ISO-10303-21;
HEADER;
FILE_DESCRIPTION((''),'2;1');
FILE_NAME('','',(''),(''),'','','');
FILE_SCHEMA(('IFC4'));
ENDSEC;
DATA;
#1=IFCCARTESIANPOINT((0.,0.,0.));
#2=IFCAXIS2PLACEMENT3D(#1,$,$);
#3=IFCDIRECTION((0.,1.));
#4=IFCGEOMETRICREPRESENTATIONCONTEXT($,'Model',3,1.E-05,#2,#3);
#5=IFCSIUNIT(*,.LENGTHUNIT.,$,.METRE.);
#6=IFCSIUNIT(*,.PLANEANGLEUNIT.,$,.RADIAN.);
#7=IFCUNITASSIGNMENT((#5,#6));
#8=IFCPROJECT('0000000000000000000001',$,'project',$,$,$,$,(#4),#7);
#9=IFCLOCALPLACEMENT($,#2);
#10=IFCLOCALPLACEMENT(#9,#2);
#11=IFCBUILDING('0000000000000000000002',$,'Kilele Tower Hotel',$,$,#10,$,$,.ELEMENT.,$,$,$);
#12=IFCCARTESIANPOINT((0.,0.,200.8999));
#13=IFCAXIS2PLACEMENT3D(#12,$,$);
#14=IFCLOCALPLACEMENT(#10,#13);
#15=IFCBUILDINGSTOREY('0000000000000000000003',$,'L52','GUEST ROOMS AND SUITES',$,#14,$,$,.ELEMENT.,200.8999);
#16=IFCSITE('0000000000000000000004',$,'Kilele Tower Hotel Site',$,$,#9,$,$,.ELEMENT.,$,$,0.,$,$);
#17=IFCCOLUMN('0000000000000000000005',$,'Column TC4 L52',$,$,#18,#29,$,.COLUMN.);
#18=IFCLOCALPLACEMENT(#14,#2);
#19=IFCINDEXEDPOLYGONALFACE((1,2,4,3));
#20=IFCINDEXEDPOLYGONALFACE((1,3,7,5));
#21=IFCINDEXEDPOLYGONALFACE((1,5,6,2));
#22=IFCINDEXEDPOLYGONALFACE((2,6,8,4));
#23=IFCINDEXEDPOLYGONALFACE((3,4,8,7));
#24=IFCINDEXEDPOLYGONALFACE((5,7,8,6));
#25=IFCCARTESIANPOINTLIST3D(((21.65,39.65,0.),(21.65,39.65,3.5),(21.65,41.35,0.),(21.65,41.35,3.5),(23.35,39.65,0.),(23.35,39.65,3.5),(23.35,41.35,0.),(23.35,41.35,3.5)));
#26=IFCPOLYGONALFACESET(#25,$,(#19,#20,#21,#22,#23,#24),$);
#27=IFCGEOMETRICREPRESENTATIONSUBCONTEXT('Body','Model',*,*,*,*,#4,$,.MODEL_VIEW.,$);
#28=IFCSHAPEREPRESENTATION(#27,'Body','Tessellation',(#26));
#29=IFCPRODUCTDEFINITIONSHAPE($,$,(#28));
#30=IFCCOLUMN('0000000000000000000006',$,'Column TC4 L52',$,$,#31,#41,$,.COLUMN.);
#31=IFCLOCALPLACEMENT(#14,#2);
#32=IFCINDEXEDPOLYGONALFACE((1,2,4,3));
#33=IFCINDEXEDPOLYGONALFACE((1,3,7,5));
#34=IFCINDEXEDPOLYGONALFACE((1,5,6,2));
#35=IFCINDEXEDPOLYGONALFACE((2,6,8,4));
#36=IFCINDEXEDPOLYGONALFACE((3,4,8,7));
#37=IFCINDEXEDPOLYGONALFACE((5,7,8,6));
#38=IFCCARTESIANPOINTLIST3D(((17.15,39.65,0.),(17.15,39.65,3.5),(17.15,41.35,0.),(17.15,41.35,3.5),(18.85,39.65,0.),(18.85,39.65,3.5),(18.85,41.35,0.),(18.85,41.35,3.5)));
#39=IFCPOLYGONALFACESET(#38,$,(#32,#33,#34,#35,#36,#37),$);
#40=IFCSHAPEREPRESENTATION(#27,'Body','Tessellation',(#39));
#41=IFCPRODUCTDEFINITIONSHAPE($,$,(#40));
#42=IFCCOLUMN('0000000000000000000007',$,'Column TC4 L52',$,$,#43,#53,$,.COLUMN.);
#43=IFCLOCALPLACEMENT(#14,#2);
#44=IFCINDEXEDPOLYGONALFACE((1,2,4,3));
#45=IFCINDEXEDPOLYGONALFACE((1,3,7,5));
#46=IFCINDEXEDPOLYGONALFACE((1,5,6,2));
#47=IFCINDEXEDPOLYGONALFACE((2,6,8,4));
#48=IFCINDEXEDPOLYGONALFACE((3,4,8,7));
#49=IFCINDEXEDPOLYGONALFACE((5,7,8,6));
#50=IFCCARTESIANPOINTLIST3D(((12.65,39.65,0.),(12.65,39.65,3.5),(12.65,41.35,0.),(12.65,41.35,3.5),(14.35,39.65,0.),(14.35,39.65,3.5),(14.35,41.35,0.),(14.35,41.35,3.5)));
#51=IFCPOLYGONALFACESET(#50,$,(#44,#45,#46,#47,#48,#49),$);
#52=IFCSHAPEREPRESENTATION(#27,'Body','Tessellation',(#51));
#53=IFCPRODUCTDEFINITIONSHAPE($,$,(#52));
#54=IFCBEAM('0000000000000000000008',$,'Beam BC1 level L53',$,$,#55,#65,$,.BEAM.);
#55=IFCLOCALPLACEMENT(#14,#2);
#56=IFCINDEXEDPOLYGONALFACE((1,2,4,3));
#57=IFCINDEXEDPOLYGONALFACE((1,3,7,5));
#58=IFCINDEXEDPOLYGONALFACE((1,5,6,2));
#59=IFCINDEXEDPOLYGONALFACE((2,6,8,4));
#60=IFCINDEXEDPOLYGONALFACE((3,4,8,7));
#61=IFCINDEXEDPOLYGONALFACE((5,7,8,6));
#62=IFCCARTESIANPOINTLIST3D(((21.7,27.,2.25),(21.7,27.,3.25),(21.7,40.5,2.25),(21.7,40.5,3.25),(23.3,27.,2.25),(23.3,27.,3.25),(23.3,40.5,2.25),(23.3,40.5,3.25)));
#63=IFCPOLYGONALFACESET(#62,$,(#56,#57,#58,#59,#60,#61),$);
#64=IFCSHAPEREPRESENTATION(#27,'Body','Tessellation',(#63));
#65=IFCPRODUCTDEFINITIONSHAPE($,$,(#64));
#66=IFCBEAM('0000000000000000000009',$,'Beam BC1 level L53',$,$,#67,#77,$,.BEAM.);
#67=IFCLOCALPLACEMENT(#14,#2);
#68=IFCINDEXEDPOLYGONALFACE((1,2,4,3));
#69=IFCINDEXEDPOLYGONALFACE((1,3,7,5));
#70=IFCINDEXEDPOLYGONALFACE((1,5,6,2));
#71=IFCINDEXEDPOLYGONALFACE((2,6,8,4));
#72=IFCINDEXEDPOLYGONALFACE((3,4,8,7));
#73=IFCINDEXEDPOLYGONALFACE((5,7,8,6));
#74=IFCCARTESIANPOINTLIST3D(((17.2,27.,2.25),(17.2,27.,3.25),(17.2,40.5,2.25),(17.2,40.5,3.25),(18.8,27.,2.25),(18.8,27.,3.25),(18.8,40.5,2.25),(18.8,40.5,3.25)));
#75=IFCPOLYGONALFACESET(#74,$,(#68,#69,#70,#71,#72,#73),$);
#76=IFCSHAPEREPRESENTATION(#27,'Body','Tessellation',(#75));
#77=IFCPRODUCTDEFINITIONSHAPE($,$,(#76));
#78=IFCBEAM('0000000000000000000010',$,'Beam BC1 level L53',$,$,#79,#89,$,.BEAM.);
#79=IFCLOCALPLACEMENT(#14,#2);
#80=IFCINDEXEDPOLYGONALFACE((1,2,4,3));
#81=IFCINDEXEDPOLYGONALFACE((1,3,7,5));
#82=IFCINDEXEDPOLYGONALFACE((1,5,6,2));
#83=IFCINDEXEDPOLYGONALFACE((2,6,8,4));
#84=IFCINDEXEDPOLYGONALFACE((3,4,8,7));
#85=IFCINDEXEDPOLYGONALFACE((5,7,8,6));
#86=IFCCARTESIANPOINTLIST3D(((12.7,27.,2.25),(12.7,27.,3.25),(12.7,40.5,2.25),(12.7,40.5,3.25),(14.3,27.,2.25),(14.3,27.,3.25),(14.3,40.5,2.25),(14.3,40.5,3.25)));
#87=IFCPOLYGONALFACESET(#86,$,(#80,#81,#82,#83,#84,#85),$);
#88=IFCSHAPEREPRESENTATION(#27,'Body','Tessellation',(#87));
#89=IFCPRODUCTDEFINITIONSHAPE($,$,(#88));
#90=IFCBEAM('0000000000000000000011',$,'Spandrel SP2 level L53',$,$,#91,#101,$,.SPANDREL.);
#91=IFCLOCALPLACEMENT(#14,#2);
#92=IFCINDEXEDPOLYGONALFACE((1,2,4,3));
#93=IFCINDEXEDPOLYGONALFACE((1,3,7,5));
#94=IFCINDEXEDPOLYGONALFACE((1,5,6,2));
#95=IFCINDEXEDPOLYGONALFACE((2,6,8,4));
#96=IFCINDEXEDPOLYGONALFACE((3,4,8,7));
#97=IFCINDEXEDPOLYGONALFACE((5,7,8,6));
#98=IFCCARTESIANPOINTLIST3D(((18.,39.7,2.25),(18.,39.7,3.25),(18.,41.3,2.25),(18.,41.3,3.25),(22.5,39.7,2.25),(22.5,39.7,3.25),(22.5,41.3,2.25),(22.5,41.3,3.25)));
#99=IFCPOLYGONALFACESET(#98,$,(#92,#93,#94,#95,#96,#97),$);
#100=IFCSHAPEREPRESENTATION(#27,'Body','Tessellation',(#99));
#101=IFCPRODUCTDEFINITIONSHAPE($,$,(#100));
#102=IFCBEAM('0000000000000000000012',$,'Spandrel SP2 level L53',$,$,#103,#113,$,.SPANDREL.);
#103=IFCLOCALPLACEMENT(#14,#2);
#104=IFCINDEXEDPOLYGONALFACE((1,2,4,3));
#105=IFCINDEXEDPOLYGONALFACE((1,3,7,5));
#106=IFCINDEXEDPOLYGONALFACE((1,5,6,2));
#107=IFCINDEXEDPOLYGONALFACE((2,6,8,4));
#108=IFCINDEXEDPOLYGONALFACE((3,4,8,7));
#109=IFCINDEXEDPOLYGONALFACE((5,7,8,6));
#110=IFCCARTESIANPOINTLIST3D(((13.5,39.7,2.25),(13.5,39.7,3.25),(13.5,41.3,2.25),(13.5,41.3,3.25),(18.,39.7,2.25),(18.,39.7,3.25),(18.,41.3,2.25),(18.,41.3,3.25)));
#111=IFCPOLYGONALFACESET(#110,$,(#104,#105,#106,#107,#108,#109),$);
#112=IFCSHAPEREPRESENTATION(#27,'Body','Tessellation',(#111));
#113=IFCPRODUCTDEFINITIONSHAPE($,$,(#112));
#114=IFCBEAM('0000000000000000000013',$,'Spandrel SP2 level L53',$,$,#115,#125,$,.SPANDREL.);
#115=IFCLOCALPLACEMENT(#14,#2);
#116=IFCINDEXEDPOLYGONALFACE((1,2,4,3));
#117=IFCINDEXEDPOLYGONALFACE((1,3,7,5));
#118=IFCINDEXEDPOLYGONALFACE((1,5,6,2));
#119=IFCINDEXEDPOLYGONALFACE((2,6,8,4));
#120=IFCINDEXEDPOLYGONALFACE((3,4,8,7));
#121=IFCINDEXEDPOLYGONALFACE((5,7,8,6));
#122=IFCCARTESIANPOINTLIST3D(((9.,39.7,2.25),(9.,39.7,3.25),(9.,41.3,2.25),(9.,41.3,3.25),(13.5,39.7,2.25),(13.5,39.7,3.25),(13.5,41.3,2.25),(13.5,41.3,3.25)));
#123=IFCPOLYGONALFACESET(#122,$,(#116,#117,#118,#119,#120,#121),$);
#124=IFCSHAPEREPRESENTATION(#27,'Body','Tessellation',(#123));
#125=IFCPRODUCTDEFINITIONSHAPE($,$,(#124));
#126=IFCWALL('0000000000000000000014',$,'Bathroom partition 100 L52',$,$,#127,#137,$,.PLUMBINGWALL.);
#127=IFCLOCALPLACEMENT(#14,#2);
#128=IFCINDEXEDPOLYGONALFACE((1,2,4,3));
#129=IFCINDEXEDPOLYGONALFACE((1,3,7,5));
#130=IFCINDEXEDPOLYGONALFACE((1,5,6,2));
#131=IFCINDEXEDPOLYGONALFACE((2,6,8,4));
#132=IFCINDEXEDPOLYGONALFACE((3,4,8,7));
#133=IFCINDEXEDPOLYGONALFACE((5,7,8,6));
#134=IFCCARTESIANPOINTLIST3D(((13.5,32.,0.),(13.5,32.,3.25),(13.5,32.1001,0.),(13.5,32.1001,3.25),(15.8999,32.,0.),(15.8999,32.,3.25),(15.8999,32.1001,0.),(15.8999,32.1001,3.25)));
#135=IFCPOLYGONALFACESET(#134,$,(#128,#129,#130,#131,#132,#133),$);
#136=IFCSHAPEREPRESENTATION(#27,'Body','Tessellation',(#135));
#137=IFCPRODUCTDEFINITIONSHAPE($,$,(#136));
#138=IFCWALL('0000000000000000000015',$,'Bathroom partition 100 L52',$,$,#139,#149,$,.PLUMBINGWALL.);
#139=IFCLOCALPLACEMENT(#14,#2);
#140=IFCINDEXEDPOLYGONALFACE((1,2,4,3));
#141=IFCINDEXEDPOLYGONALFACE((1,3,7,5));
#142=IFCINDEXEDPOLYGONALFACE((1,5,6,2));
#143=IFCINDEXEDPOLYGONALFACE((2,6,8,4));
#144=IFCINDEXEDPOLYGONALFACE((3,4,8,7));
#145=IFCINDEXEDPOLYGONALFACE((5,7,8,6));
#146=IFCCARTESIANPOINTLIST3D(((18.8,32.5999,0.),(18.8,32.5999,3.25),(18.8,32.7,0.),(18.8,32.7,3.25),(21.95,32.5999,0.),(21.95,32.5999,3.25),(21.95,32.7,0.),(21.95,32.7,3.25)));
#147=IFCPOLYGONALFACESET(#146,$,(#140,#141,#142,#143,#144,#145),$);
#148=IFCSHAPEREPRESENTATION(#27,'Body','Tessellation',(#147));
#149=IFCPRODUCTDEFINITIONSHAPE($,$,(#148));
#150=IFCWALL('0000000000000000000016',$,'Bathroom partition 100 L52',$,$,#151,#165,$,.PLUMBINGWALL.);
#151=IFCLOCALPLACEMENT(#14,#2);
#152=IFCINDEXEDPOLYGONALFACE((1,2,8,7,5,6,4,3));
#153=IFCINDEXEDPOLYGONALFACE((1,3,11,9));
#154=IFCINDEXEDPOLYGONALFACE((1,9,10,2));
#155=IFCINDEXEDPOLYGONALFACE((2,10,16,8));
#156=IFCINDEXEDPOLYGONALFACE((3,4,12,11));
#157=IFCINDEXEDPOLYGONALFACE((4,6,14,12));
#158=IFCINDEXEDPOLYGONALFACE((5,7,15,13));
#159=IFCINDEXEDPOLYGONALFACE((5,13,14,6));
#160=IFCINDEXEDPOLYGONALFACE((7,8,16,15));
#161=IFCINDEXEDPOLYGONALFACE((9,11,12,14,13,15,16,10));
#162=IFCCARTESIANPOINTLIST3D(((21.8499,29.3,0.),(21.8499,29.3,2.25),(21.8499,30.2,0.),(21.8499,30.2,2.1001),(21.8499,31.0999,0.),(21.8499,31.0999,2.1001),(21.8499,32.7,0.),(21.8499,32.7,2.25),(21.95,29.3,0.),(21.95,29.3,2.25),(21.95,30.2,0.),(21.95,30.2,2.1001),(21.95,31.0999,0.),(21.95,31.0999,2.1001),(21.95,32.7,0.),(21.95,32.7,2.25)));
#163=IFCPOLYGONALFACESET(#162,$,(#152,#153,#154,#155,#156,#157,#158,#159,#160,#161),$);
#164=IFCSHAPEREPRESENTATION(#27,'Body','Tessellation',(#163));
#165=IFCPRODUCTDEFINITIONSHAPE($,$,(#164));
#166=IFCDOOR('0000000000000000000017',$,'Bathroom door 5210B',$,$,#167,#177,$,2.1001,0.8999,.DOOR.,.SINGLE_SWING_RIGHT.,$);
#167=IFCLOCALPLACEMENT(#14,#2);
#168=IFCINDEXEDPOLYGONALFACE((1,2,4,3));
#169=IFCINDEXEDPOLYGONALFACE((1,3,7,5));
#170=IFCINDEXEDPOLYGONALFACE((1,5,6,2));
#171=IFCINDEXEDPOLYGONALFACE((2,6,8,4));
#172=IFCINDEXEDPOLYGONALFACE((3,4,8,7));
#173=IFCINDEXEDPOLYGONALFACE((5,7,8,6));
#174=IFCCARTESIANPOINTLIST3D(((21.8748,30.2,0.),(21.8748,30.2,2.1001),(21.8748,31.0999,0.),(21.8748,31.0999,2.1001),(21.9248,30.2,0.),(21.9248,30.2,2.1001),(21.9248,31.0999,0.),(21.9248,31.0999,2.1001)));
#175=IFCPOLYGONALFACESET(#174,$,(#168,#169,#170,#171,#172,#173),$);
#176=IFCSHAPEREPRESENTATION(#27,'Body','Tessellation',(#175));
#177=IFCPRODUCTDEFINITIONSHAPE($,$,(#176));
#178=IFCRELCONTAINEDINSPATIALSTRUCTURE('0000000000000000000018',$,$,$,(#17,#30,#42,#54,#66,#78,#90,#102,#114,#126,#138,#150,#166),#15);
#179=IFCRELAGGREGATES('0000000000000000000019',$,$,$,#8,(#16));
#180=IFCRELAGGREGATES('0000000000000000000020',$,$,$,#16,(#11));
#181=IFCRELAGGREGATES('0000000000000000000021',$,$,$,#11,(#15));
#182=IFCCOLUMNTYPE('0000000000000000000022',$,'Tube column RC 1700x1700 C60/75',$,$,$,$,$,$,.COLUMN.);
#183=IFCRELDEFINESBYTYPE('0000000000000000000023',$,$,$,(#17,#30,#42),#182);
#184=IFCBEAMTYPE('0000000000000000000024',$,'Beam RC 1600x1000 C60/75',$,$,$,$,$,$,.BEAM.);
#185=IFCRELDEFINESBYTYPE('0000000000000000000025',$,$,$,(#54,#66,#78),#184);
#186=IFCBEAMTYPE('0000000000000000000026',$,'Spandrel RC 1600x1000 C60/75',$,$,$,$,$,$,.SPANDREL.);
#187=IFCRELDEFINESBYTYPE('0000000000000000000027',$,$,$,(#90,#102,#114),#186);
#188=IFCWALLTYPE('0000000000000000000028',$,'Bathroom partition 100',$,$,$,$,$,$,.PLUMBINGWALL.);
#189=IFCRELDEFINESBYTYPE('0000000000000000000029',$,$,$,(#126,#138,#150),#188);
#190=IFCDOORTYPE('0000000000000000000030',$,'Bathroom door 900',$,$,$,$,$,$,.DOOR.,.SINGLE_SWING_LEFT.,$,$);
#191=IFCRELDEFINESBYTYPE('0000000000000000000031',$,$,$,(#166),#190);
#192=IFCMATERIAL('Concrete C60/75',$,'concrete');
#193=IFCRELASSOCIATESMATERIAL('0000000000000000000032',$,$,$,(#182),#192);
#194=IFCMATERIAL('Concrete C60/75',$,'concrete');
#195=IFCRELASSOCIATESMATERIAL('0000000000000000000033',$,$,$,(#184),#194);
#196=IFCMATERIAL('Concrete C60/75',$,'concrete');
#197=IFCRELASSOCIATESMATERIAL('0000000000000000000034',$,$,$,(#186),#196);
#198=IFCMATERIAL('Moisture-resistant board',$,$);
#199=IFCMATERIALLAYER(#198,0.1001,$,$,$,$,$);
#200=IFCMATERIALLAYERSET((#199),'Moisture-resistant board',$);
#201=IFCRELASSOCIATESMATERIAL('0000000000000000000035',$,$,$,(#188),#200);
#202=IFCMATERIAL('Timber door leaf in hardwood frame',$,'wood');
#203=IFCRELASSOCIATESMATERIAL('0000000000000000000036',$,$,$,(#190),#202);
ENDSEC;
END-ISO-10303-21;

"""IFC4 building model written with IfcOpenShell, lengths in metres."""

from ifc_helpers import new_model, si_unit, direction, frame, frame_2d, origin, origin_2d, place, context, subcontext, project, spatial, rectangle, extrude, material, layer, layer_set, material_profile, profile_set, type_object, element, fill, save


model = new_model("IFC4")

# Units and contexts
model_context = context("Model", 3, precision=1e-05, world=origin(), true_north=direction((0.0, 1.0)))
body_context = subcontext(model_context, "Body", "Model", "MODEL_VIEW")
ifc_project = project(units=[si_unit("LENGTHUNIT", "METRE"), si_unit("PLANEANGLEUNIT", "RADIAN")], contexts=[model_context])

# Site, building, storey
site_placement = place(None, origin())
site = spatial("IfcSite", under=ifc_project, at=site_placement, Name="Kilele Tower Hotel Site", CompositionType="ELEMENT", RefElevation=0.0)
building_placement = place(site_placement, origin())
building = spatial("IfcBuilding", under=site, at=building_placement, Name="Kilele Tower Hotel", CompositionType="ELEMENT")
storey_placement = place(building_placement, frame((0.0, 0.0, 200.8999)))
storey = spatial("IfcBuildingStorey", under=building, at=storey_placement, Name="L52", Description="GUEST ROOMS AND SUITES", CompositionType="ELEMENT", Elevation=200.8999)

# Columns
ifc_material_1 = material(Name="Concrete C60/75", Category="concrete")
ifc_material_profile_1 = material_profile(ifc_material_1, rectangle(XDim=1.7, YDim=1.7, at=origin_2d()))
ifc_profile_set_1 = profile_set([ifc_material_profile_1], Name="Concrete C60/75")
column_type = type_object("IfcColumnType", Name="Tube column RC 1700x1700 C60/75", PredefinedType="COLUMN", material=ifc_profile_set_1)
for number, where, z_axis, x_axis, name in (
    (1, (22.5, 40.5, 0.0), (0.0, 0.0, 1.0), (1.0, 0.0, 0.0), "Column TC4 L52"),
    (2, (18.0, 40.5, 0.0), (0.0, 0.0, 1.0), (1.0, 0.0, 0.0), "Column TC4 L52"),
    (3, (13.5, 40.5, 0.0), (0.0, 0.0, 1.0), (1.0, 0.0, 0.0), "Column TC4 L52"),
):
    element("IfcColumn", number, at=place(storey_placement, frame(where, z_axis=z_axis, x_axis=x_axis)), inside=storey, type_object=column_type, Name=name, PredefinedType="COLUMN", context=body_context, shape_type="SweptSolid", body=[
        extrude(rectangle(XDim=1.7, YDim=1.7, at=origin_2d()), origin(), (0.0, 0.0, 1.0), 3.5),
    ])

# Beams
ifc_material_2 = material(Name="Concrete C60/75", Category="concrete")
ifc_material_profile_2 = material_profile(ifc_material_2, rectangle(XDim=1.6001, YDim=1.0, at=origin_2d()))
ifc_profile_set_2 = profile_set([ifc_material_profile_2], Name="Concrete C60/75")
beam_type_1 = type_object("IfcBeamType", Name="Beam RC 1600x1000 C60/75", PredefinedType="BEAM", material=ifc_profile_set_2)
for number, where, z_axis, x_axis, name in (
    (4, (22.5, 40.5, 2.75), (0.0, -1.0, 0.0), (1.0, 0.0, 0.0), "Beam BC1 level L53"),
    (5, (18.0, 40.5, 2.75), (0.0, -1.0, 0.0), (1.0, 0.0, 0.0), "Beam BC1 level L53"),
    (6, (13.5, 40.5, 2.75), (0.0, -1.0, 0.0), (1.0, 0.0, 0.0), "Beam BC1 level L53"),
):
    element("IfcBeam", number, at=place(storey_placement, frame(where, z_axis=z_axis, x_axis=x_axis)), inside=storey, type_object=beam_type_1, Name=name, PredefinedType="BEAM", context=body_context, shape_type="SweptSolid", body=[
        extrude(rectangle(XDim=1.6001, YDim=1.0, at=origin_2d()), origin(), (0.0, 0.0, 1.0), 13.5),
    ])
ifc_material_3 = material(Name="Concrete C60/75", Category="concrete")
ifc_material_profile_3 = material_profile(ifc_material_3, rectangle(XDim=1.6001, YDim=1.0, at=origin_2d()))
ifc_profile_set_3 = profile_set([ifc_material_profile_3], Name="Concrete C60/75")
beam_type_2 = type_object("IfcBeamType", Name="Spandrel RC 1600x1000 C60/75", PredefinedType="SPANDREL", material=ifc_profile_set_3)
for number, where, z_axis, x_axis, name in (
    (7, (22.5, 40.5, 2.75), (-1.0, 0.0, 0.0), (0.0, -1.0, 0.0), "Spandrel SP2 level L53"),
    (8, (18.0, 40.5, 2.75), (-1.0, 0.0, 0.0), (0.0, -1.0, 0.0), "Spandrel SP2 level L53"),
    (9, (13.5, 40.5, 2.75), (-1.0, 0.0, 0.0), (0.0, -1.0, 0.0), "Spandrel SP2 level L53"),
):
    element("IfcBeam", number, at=place(storey_placement, frame(where, z_axis=z_axis, x_axis=x_axis)), inside=storey, type_object=beam_type_2, Name=name, PredefinedType="SPANDREL", context=body_context, shape_type="SweptSolid", body=[
        extrude(rectangle(XDim=1.6001, YDim=1.0, at=origin_2d()), origin(), (0.0, 0.0, 1.0), 4.5),
    ])

# Walls
ifc_material_4 = material(Name="Moisture-resistant board")
ifc_layer_1 = layer(ifc_material_4, 0.1001)
ifc_layer_set_1 = layer_set([ifc_layer_1], Name="Moisture-resistant board")
wall_type_1 = type_object("IfcWallType", Name="Bathroom partition 100", PredefinedType="PLUMBINGWALL", material=ifc_layer_set_1)
wall_1_placement = place(storey_placement, frame((13.5, 32.05, 0.0), z_axis=(0.0, 0.0, 1.0), x_axis=(1.0, 0.0, 0.0)))
element("IfcWall", 10, at=wall_1_placement, inside=storey, type_object=wall_type_1, Name="Bathroom partition 100 L52", PredefinedType="PLUMBINGWALL", context=body_context, shape_type="SweptSolid", body=[
    extrude(rectangle(XDim=2.3999, YDim=0.1001, at=frame_2d((1.2, 0.0))), origin(), (0.0, 0.0, 1.0), 3.25),
])
wall_2_placement = place(storey_placement, frame((18.8, 32.6499, 0.0), z_axis=(0.0, 0.0, 1.0), x_axis=(1.0, 0.0, 0.0)))
element("IfcWall", 11, at=wall_2_placement, inside=storey, type_object=wall_type_1, Name="Bathroom partition 100 L52", PredefinedType="PLUMBINGWALL", context=body_context, shape_type="SweptSolid", body=[
    extrude(rectangle(XDim=3.1499, YDim=0.1001, at=frame_2d((1.575, 0.0))), origin(), (0.0, 0.0, 1.0), 3.25),
])

# Wall, opening, door
wall_3_placement = place(storey_placement, frame((21.8999, 29.3, 0.0), z_axis=(0.0, 0.0, 1.0), x_axis=(0.0, 1.0, 0.0)))
wall_3 = element("IfcWall", 12, at=wall_3_placement, inside=storey, type_object=wall_type_1, Name="Bathroom partition 100 L52", PredefinedType="PLUMBINGWALL", context=body_context, shape_type="SweptSolid", body=[
    extrude(rectangle(XDim=3.3999, YDim=0.1001, at=frame_2d((1.7, 0.0))), origin(), (0.0, 0.0, 1.0), 2.25),
])
opening_1_placement = place(wall_3_placement, frame((1.7998, 0.0, 0.0), z_axis=(0.0, 0.0, 1.0), x_axis=(-1.0, 0.0, 0.0)))
opening_1 = element("IfcOpeningElement", 13, at=opening_1_placement, cuts=wall_3, PredefinedType="OPENING", context=body_context, shape_type="SweptSolid", body=[
    extrude(rectangle(XDim=0.8999, YDim=2.1001, at=frame_2d((0.45, 1.05))), frame((0.0, 0.0601, 0.0), z_axis=(0.0, -1.0, 0.0), x_axis=(1.0, 0.0, 0.0)), (0.0, 0.0, 1.0), 0.1201),
])
ifc_material_5 = material(Name="Timber door leaf in hardwood frame", Category="wood")
door_type_1 = type_object("IfcDoorType", Name="Bathroom door 900", OperationType="SINGLE_SWING_LEFT", PredefinedType="DOOR", material=ifc_material_5)
door_1_placement = place(opening_1_placement, origin())
door_1 = element("IfcDoor", 14, at=door_1_placement, inside=storey, type_object=door_type_1, Name="Bathroom door 5210B", OperationType="SINGLE_SWING_RIGHT", OverallHeight=2.1001, OverallWidth=0.8999, PredefinedType="DOOR", context=body_context, shape_type="SweptSolid", body=[
    extrude(rectangle(XDim=0.8999, YDim=2.1001, at=frame_2d((0.45, 1.05))), frame((0.0, 0.0249, 0.0), z_axis=(0.0, -1.0, 0.0), x_axis=(1.0, 0.0, 0.0)), (0.0, 0.0, 1.0), 0.05),
])
fill(opening_1, door_1)

save(model, "model.ifc")
